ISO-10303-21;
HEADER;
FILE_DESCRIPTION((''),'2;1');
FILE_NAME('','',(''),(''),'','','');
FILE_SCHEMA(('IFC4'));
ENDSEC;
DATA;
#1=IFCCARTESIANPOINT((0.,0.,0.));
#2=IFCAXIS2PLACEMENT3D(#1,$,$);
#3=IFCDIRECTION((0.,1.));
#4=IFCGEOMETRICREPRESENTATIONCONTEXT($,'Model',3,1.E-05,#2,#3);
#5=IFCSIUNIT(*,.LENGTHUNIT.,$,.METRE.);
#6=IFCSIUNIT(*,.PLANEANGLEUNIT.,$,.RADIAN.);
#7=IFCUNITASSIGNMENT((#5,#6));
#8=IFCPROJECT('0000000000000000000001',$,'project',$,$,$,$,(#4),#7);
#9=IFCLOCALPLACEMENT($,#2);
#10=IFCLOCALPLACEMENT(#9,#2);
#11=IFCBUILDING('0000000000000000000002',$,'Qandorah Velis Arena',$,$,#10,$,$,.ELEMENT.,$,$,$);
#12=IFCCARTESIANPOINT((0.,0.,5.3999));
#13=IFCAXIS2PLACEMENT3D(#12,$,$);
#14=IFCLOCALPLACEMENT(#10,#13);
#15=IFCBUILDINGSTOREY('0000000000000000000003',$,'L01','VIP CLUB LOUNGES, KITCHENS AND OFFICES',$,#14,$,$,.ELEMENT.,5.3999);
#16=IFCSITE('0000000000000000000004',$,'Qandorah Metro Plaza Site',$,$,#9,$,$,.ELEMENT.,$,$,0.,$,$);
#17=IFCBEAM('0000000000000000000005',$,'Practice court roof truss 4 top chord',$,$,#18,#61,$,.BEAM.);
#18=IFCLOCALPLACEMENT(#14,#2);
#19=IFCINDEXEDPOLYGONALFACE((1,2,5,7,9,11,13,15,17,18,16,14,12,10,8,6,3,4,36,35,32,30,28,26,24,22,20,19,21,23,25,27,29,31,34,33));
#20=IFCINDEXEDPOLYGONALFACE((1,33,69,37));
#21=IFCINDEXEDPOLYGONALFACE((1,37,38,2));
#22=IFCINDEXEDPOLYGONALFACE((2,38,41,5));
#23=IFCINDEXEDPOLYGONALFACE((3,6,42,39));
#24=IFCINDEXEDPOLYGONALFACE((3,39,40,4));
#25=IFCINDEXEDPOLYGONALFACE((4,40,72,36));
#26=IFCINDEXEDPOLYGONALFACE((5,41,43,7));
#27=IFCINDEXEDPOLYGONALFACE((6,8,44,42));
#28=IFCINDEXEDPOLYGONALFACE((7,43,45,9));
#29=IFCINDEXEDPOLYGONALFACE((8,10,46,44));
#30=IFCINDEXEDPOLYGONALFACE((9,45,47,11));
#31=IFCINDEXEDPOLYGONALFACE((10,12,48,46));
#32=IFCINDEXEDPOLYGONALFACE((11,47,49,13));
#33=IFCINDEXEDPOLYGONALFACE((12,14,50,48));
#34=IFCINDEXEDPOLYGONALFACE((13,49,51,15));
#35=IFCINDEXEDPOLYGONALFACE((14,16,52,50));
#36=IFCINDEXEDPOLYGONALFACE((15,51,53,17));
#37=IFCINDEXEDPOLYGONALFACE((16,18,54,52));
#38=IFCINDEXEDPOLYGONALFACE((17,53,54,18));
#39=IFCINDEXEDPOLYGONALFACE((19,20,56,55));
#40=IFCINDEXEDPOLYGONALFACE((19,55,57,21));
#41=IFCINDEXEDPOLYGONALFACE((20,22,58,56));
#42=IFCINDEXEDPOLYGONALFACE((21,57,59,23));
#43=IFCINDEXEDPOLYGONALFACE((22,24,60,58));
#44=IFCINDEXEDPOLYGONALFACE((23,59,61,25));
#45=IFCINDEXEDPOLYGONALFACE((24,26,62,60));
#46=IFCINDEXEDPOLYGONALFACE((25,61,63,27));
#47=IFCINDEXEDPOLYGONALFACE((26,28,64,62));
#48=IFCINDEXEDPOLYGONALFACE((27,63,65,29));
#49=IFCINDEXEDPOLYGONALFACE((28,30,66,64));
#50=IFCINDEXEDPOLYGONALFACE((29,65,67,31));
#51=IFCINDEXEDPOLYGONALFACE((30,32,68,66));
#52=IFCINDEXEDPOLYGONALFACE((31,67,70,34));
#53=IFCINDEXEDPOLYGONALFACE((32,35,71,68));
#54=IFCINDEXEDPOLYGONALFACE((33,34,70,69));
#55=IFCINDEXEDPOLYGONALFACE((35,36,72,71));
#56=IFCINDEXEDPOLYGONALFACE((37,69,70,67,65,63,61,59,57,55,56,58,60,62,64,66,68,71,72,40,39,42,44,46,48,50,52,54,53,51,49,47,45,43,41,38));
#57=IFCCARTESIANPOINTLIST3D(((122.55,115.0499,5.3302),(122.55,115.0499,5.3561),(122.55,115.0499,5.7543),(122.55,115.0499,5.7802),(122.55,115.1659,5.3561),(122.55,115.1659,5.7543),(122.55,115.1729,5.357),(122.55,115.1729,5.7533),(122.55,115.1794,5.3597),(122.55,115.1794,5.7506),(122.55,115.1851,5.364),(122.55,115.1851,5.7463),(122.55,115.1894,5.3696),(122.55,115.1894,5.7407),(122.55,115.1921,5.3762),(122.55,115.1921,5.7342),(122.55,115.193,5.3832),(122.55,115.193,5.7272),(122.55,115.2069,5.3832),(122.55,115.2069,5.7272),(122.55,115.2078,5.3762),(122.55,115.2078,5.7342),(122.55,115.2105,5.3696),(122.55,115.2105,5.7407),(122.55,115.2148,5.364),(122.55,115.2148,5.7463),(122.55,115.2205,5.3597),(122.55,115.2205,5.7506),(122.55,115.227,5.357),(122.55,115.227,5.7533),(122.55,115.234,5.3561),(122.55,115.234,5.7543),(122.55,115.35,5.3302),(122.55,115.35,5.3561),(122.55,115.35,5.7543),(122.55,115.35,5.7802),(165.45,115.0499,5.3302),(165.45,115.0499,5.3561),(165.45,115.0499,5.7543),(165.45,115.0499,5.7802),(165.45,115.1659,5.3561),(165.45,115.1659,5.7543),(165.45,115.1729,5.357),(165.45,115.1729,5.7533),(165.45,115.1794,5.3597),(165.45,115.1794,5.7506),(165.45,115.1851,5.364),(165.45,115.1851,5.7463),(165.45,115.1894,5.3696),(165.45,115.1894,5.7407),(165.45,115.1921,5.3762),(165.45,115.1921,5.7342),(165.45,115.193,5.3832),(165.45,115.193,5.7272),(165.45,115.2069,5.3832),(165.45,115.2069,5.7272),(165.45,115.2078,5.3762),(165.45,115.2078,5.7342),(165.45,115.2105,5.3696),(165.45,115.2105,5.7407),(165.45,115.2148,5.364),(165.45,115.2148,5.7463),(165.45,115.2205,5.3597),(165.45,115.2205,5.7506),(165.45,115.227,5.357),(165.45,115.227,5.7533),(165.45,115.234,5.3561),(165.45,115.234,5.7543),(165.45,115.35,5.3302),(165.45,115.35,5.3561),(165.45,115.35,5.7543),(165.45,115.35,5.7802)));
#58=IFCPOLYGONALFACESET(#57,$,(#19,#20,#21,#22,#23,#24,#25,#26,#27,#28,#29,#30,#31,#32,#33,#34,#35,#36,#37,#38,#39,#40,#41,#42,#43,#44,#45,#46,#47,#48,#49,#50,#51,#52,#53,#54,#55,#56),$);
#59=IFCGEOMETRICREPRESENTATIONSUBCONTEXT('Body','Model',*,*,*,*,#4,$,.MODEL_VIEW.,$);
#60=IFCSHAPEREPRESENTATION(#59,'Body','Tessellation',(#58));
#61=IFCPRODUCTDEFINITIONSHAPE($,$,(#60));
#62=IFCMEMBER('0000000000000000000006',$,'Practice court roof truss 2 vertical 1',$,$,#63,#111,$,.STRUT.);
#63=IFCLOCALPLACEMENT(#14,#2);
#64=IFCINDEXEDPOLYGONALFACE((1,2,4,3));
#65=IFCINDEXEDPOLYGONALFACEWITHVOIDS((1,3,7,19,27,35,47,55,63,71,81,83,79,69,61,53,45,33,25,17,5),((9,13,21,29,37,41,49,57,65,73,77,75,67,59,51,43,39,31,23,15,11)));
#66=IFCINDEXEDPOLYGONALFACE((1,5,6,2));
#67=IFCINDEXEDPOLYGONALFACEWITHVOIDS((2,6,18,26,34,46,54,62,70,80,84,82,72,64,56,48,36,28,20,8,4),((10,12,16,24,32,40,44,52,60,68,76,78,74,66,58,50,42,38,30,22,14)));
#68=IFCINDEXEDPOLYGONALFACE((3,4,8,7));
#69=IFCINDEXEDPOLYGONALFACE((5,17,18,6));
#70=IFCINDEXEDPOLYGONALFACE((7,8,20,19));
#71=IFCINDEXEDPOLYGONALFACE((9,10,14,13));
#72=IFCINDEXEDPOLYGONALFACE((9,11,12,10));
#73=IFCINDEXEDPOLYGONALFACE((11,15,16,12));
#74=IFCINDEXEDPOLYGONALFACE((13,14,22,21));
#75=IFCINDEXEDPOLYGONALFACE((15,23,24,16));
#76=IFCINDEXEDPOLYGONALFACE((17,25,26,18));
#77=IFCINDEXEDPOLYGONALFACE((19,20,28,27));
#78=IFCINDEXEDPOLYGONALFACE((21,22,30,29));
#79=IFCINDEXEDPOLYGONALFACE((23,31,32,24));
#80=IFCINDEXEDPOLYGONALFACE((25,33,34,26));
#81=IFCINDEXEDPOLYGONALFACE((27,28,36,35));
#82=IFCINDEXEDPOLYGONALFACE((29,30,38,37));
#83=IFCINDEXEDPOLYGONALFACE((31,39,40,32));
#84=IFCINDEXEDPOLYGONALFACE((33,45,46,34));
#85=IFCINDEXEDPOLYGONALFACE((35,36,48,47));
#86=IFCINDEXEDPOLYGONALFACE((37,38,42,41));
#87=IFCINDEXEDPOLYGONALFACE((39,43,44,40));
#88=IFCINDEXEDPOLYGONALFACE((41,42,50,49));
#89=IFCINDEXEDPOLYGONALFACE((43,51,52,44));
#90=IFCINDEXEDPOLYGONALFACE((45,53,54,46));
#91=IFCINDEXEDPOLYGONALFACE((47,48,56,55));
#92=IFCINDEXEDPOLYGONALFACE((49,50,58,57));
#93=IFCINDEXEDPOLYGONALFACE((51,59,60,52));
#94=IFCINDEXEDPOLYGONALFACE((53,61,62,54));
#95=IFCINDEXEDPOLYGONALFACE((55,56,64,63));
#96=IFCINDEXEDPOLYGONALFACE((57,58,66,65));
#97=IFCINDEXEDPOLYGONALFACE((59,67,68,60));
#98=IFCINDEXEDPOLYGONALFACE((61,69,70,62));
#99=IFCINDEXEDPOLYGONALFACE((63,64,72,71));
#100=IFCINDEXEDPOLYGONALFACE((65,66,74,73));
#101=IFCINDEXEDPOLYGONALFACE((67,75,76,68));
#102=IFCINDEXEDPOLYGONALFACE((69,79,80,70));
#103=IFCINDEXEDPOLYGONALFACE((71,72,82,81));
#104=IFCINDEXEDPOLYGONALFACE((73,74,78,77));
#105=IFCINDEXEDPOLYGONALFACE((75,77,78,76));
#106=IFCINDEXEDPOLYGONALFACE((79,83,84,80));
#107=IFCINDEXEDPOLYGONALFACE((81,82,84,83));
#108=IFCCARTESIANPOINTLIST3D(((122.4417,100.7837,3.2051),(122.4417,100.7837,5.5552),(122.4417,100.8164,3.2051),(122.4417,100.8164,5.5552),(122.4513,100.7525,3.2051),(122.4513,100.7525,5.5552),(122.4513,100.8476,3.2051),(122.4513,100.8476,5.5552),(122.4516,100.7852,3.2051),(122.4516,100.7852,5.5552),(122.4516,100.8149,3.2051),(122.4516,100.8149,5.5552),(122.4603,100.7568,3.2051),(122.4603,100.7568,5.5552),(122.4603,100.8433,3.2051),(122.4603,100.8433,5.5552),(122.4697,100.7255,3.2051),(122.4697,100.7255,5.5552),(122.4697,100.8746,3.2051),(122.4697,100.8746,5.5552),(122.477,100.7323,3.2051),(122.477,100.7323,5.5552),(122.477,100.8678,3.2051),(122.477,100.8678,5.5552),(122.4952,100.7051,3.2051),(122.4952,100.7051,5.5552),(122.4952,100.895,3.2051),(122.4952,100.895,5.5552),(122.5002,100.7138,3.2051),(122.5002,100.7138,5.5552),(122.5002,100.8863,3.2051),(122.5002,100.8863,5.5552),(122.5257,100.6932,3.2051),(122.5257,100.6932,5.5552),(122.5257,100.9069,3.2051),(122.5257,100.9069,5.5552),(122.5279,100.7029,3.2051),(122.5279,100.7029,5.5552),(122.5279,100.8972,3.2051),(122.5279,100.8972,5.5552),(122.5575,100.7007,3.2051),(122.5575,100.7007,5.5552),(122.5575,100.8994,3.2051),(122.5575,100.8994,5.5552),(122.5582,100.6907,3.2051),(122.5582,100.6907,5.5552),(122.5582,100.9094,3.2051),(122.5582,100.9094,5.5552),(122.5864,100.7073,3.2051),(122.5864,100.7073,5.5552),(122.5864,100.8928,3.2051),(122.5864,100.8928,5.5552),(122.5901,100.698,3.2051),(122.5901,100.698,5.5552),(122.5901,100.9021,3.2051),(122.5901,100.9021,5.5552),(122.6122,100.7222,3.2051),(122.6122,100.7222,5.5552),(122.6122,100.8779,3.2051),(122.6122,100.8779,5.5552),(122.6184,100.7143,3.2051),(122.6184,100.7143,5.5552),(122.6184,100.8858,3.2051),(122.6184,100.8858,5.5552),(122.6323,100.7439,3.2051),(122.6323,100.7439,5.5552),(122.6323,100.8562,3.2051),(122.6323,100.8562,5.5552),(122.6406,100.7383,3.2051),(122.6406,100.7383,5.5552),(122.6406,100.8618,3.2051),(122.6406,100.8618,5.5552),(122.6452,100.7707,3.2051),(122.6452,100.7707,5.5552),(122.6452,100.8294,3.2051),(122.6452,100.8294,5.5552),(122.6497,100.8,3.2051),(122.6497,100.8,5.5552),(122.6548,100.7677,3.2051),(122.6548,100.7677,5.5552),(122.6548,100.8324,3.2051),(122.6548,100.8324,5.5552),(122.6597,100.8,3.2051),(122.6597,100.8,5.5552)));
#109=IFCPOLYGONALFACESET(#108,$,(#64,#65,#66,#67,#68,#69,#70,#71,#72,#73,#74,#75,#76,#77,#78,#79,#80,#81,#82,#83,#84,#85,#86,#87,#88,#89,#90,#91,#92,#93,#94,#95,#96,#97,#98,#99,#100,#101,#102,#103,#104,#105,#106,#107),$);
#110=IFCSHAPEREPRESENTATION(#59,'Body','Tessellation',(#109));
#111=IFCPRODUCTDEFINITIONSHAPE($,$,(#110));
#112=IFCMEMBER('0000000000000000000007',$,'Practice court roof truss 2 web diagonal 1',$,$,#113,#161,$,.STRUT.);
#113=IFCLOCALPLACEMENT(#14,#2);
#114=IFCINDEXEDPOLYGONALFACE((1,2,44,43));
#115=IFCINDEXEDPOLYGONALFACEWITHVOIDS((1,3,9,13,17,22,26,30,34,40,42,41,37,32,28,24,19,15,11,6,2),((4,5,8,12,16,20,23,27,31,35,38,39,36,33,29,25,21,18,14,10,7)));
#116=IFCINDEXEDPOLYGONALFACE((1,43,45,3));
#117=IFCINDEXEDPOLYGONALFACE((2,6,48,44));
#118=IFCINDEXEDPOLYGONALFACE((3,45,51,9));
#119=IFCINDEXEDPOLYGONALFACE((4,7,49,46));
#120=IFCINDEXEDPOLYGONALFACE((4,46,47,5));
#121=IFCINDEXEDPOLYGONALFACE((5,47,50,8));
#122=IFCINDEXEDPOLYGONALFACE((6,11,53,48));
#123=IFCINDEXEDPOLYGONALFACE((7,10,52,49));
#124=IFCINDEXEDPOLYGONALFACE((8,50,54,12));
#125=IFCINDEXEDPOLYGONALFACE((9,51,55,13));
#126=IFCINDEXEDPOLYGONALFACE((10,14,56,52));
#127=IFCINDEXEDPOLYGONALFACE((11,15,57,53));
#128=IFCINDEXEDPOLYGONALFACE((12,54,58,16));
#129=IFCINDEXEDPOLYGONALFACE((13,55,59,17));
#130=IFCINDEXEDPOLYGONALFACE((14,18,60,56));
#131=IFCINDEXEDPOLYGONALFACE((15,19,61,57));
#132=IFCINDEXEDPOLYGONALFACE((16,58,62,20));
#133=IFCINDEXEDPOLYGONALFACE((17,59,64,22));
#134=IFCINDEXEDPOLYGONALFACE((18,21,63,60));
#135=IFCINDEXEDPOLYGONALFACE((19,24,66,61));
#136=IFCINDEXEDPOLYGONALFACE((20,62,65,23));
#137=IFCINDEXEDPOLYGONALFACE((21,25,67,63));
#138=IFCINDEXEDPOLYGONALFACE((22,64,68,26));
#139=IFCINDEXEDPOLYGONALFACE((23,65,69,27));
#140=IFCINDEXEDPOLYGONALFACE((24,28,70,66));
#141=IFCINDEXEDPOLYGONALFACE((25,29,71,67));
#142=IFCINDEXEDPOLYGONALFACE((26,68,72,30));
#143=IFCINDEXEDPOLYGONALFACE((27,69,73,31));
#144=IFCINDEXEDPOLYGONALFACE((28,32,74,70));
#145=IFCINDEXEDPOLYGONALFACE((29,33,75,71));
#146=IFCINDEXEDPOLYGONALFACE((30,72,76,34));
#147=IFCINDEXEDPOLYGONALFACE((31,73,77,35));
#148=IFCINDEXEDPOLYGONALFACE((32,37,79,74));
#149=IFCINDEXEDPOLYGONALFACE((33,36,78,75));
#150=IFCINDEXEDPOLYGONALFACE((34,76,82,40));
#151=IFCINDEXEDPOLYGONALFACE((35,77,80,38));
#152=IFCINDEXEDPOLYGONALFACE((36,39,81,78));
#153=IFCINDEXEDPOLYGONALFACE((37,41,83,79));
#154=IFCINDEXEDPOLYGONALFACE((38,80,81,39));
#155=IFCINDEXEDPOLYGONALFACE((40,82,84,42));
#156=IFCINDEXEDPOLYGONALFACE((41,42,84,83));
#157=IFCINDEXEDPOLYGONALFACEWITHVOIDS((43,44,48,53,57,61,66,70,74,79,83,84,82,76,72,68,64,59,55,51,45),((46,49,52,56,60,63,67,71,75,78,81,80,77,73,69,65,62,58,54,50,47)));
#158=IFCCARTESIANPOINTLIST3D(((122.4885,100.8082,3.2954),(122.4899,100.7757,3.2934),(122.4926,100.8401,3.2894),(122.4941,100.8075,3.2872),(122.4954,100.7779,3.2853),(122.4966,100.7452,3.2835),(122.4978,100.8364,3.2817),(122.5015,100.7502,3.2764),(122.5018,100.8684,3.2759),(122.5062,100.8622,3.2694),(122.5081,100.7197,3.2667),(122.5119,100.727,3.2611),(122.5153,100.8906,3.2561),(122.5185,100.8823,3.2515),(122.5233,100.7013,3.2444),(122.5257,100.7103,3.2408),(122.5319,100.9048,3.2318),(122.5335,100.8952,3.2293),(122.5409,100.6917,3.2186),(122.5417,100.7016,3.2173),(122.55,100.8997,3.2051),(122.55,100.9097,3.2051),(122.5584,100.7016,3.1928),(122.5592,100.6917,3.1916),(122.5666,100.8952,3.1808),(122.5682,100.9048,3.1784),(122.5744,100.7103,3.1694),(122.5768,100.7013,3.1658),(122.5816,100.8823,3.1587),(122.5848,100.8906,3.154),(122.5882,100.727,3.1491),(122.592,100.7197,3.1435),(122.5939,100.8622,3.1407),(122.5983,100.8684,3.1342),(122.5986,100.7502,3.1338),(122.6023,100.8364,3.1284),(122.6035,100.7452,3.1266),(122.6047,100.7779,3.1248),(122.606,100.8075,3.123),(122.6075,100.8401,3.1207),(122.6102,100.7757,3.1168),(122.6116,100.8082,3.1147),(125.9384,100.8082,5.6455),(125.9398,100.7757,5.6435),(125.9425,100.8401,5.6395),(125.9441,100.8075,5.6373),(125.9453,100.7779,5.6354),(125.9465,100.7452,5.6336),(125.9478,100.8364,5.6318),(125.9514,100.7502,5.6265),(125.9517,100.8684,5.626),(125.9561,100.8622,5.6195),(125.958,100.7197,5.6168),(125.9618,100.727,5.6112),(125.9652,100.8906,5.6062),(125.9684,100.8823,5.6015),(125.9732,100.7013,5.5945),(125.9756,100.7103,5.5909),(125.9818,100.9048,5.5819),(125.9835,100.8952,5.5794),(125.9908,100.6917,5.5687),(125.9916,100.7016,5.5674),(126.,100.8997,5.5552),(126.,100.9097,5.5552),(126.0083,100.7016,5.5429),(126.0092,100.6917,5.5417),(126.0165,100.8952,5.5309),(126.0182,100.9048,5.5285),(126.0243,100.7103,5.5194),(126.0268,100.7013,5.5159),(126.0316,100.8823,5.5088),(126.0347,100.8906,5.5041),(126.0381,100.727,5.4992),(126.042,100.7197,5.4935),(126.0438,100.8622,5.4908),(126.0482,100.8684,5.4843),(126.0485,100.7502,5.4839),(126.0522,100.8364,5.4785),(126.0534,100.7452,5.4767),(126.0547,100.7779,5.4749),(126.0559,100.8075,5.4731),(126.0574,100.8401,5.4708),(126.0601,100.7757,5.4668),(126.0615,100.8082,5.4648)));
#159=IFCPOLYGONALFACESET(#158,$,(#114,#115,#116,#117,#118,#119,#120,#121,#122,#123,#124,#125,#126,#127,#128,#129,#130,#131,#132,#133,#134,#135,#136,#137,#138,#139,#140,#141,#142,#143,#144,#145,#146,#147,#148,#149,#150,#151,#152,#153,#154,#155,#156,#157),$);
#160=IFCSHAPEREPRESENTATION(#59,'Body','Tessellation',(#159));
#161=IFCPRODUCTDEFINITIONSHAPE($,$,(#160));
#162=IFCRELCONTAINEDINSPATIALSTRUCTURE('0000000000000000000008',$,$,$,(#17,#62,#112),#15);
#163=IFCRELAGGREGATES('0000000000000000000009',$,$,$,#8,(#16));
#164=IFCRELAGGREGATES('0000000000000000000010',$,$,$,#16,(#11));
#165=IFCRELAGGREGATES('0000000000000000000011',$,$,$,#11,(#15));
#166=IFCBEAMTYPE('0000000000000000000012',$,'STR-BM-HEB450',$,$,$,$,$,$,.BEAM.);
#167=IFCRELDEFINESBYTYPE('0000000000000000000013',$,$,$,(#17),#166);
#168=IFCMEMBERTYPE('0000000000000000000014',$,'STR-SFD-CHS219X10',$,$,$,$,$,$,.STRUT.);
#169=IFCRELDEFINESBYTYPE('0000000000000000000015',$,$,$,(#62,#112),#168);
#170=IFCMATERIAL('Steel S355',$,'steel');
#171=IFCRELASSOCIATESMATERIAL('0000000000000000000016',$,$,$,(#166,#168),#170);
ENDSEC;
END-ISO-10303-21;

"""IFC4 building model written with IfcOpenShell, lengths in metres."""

from ifc_helpers import new_model, si_unit, direction, frame, origin, origin_2d, place, context, subcontext, project, spatial, hollow_circle, i_section, extrude, material, material_profile, profile_set, type_object, element, save


model = new_model("IFC4")

# Units and contexts
model_context = context("Model", 3, precision=1e-05, world=origin(), true_north=direction((0.0, 1.0)))
body_context = subcontext(model_context, "Body", "Model", "MODEL_VIEW")
ifc_project = project(units=[si_unit("LENGTHUNIT", "METRE"), si_unit("PLANEANGLEUNIT", "RADIAN")], contexts=[model_context])

# Site, building, storey
site_placement = place(None, origin())
site = spatial("IfcSite", under=ifc_project, at=site_placement, Name="Qandorah Metro Plaza Site", CompositionType="ELEMENT", RefElevation=0.0)
building_placement = place(site_placement, origin())
building = spatial("IfcBuilding", under=site, at=building_placement, Name="Qandorah Velis Arena", CompositionType="ELEMENT")
storey_placement = place(building_placement, frame((0.0, 0.0, 5.3999)))
storey = spatial("IfcBuildingStorey", under=building, at=storey_placement, Name="L01", Description="VIP CLUB LOUNGES, KITCHENS AND OFFICES", CompositionType="ELEMENT", Elevation=5.3999)

# Beam
ifc_material_1 = material(Name="Steel S355", Category="steel")
ifc_material_profile_1 = material_profile(ifc_material_1, i_section(OverallWidth=0.3, OverallDepth=0.45, WebThickness=0.0139, FlangeThickness=0.0259, FilletRadius=0.0271, at=origin_2d()), Name="HEB 450")
ifc_profile_set_1 = profile_set([ifc_material_profile_1], Name="Steel S355")
beam_type_1 = type_object("IfcBeamType", Name="STR-BM-HEB450", PredefinedType="BEAM", material=ifc_profile_set_1)
for number, where, z_axis, x_axis, name in (
    (1, (122.55, 115.2, 5.5552), (1.0, 0.0, 0.0), (0.0, 1.0, 0.0), "Practice court roof truss 4 top chord"),
):
    element("IfcBeam", number, at=place(storey_placement, frame(where, z_axis=z_axis, x_axis=x_axis)), inside=storey, type_object=beam_type_1, Name=name, PredefinedType="BEAM", context=body_context, shape_type="SweptSolid", body=[
        extrude(i_section(OverallWidth=0.3, OverallDepth=0.45, WebThickness=0.0139, FlangeThickness=0.0259, FilletRadius=0.0271, at=origin_2d()), origin(), (0.0, 0.0, 1.0), 42.8999),
    ])

# Members
ifc_material_profile_2 = material_profile(ifc_material_1, hollow_circle(Radius=0.1096, WallThickness=0.01, at=origin_2d()), Name="CHS 219.1x10")
ifc_profile_set_2 = profile_set([ifc_material_profile_2], Name="Steel S355")
member_type = type_object("IfcMemberType", Name="STR-SFD-CHS219X10", PredefinedType="STRUT", material=ifc_profile_set_2)
member_1_placement = place(storey_placement, frame((122.55, 100.8, 3.2051), z_axis=(0.0, 0.0, 1.0), x_axis=(1.0, 0.0, 0.0)))
element("IfcMember", 2, at=member_1_placement, inside=storey, type_object=member_type, Name="Practice court roof truss 2 vertical 1", PredefinedType="STRUT", context=body_context, shape_type="SweptSolid", body=[
    extrude(hollow_circle(Radius=0.1096, WallThickness=0.01, at=origin_2d()), origin(), (0.0, 0.0, 1.0), 2.3501),
])
member_2_placement = place(storey_placement, frame((122.55, 100.8, 3.2051), z_axis=(0.826466, 0.0, 0.562987), x_axis=(0.0, 1.0, 0.0)))
element("IfcMember", 3, at=member_2_placement, inside=storey, type_object=member_type, Name="Practice court roof truss 2 web diagonal 1", PredefinedType="STRUT", context=body_context, shape_type="SweptSolid", body=[
    extrude(hollow_circle(Radius=0.1096, WallThickness=0.01, at=origin_2d()), origin(), (0.0, 0.0, 1.0), 4.1743),
])

save(model, "model.ifc")
